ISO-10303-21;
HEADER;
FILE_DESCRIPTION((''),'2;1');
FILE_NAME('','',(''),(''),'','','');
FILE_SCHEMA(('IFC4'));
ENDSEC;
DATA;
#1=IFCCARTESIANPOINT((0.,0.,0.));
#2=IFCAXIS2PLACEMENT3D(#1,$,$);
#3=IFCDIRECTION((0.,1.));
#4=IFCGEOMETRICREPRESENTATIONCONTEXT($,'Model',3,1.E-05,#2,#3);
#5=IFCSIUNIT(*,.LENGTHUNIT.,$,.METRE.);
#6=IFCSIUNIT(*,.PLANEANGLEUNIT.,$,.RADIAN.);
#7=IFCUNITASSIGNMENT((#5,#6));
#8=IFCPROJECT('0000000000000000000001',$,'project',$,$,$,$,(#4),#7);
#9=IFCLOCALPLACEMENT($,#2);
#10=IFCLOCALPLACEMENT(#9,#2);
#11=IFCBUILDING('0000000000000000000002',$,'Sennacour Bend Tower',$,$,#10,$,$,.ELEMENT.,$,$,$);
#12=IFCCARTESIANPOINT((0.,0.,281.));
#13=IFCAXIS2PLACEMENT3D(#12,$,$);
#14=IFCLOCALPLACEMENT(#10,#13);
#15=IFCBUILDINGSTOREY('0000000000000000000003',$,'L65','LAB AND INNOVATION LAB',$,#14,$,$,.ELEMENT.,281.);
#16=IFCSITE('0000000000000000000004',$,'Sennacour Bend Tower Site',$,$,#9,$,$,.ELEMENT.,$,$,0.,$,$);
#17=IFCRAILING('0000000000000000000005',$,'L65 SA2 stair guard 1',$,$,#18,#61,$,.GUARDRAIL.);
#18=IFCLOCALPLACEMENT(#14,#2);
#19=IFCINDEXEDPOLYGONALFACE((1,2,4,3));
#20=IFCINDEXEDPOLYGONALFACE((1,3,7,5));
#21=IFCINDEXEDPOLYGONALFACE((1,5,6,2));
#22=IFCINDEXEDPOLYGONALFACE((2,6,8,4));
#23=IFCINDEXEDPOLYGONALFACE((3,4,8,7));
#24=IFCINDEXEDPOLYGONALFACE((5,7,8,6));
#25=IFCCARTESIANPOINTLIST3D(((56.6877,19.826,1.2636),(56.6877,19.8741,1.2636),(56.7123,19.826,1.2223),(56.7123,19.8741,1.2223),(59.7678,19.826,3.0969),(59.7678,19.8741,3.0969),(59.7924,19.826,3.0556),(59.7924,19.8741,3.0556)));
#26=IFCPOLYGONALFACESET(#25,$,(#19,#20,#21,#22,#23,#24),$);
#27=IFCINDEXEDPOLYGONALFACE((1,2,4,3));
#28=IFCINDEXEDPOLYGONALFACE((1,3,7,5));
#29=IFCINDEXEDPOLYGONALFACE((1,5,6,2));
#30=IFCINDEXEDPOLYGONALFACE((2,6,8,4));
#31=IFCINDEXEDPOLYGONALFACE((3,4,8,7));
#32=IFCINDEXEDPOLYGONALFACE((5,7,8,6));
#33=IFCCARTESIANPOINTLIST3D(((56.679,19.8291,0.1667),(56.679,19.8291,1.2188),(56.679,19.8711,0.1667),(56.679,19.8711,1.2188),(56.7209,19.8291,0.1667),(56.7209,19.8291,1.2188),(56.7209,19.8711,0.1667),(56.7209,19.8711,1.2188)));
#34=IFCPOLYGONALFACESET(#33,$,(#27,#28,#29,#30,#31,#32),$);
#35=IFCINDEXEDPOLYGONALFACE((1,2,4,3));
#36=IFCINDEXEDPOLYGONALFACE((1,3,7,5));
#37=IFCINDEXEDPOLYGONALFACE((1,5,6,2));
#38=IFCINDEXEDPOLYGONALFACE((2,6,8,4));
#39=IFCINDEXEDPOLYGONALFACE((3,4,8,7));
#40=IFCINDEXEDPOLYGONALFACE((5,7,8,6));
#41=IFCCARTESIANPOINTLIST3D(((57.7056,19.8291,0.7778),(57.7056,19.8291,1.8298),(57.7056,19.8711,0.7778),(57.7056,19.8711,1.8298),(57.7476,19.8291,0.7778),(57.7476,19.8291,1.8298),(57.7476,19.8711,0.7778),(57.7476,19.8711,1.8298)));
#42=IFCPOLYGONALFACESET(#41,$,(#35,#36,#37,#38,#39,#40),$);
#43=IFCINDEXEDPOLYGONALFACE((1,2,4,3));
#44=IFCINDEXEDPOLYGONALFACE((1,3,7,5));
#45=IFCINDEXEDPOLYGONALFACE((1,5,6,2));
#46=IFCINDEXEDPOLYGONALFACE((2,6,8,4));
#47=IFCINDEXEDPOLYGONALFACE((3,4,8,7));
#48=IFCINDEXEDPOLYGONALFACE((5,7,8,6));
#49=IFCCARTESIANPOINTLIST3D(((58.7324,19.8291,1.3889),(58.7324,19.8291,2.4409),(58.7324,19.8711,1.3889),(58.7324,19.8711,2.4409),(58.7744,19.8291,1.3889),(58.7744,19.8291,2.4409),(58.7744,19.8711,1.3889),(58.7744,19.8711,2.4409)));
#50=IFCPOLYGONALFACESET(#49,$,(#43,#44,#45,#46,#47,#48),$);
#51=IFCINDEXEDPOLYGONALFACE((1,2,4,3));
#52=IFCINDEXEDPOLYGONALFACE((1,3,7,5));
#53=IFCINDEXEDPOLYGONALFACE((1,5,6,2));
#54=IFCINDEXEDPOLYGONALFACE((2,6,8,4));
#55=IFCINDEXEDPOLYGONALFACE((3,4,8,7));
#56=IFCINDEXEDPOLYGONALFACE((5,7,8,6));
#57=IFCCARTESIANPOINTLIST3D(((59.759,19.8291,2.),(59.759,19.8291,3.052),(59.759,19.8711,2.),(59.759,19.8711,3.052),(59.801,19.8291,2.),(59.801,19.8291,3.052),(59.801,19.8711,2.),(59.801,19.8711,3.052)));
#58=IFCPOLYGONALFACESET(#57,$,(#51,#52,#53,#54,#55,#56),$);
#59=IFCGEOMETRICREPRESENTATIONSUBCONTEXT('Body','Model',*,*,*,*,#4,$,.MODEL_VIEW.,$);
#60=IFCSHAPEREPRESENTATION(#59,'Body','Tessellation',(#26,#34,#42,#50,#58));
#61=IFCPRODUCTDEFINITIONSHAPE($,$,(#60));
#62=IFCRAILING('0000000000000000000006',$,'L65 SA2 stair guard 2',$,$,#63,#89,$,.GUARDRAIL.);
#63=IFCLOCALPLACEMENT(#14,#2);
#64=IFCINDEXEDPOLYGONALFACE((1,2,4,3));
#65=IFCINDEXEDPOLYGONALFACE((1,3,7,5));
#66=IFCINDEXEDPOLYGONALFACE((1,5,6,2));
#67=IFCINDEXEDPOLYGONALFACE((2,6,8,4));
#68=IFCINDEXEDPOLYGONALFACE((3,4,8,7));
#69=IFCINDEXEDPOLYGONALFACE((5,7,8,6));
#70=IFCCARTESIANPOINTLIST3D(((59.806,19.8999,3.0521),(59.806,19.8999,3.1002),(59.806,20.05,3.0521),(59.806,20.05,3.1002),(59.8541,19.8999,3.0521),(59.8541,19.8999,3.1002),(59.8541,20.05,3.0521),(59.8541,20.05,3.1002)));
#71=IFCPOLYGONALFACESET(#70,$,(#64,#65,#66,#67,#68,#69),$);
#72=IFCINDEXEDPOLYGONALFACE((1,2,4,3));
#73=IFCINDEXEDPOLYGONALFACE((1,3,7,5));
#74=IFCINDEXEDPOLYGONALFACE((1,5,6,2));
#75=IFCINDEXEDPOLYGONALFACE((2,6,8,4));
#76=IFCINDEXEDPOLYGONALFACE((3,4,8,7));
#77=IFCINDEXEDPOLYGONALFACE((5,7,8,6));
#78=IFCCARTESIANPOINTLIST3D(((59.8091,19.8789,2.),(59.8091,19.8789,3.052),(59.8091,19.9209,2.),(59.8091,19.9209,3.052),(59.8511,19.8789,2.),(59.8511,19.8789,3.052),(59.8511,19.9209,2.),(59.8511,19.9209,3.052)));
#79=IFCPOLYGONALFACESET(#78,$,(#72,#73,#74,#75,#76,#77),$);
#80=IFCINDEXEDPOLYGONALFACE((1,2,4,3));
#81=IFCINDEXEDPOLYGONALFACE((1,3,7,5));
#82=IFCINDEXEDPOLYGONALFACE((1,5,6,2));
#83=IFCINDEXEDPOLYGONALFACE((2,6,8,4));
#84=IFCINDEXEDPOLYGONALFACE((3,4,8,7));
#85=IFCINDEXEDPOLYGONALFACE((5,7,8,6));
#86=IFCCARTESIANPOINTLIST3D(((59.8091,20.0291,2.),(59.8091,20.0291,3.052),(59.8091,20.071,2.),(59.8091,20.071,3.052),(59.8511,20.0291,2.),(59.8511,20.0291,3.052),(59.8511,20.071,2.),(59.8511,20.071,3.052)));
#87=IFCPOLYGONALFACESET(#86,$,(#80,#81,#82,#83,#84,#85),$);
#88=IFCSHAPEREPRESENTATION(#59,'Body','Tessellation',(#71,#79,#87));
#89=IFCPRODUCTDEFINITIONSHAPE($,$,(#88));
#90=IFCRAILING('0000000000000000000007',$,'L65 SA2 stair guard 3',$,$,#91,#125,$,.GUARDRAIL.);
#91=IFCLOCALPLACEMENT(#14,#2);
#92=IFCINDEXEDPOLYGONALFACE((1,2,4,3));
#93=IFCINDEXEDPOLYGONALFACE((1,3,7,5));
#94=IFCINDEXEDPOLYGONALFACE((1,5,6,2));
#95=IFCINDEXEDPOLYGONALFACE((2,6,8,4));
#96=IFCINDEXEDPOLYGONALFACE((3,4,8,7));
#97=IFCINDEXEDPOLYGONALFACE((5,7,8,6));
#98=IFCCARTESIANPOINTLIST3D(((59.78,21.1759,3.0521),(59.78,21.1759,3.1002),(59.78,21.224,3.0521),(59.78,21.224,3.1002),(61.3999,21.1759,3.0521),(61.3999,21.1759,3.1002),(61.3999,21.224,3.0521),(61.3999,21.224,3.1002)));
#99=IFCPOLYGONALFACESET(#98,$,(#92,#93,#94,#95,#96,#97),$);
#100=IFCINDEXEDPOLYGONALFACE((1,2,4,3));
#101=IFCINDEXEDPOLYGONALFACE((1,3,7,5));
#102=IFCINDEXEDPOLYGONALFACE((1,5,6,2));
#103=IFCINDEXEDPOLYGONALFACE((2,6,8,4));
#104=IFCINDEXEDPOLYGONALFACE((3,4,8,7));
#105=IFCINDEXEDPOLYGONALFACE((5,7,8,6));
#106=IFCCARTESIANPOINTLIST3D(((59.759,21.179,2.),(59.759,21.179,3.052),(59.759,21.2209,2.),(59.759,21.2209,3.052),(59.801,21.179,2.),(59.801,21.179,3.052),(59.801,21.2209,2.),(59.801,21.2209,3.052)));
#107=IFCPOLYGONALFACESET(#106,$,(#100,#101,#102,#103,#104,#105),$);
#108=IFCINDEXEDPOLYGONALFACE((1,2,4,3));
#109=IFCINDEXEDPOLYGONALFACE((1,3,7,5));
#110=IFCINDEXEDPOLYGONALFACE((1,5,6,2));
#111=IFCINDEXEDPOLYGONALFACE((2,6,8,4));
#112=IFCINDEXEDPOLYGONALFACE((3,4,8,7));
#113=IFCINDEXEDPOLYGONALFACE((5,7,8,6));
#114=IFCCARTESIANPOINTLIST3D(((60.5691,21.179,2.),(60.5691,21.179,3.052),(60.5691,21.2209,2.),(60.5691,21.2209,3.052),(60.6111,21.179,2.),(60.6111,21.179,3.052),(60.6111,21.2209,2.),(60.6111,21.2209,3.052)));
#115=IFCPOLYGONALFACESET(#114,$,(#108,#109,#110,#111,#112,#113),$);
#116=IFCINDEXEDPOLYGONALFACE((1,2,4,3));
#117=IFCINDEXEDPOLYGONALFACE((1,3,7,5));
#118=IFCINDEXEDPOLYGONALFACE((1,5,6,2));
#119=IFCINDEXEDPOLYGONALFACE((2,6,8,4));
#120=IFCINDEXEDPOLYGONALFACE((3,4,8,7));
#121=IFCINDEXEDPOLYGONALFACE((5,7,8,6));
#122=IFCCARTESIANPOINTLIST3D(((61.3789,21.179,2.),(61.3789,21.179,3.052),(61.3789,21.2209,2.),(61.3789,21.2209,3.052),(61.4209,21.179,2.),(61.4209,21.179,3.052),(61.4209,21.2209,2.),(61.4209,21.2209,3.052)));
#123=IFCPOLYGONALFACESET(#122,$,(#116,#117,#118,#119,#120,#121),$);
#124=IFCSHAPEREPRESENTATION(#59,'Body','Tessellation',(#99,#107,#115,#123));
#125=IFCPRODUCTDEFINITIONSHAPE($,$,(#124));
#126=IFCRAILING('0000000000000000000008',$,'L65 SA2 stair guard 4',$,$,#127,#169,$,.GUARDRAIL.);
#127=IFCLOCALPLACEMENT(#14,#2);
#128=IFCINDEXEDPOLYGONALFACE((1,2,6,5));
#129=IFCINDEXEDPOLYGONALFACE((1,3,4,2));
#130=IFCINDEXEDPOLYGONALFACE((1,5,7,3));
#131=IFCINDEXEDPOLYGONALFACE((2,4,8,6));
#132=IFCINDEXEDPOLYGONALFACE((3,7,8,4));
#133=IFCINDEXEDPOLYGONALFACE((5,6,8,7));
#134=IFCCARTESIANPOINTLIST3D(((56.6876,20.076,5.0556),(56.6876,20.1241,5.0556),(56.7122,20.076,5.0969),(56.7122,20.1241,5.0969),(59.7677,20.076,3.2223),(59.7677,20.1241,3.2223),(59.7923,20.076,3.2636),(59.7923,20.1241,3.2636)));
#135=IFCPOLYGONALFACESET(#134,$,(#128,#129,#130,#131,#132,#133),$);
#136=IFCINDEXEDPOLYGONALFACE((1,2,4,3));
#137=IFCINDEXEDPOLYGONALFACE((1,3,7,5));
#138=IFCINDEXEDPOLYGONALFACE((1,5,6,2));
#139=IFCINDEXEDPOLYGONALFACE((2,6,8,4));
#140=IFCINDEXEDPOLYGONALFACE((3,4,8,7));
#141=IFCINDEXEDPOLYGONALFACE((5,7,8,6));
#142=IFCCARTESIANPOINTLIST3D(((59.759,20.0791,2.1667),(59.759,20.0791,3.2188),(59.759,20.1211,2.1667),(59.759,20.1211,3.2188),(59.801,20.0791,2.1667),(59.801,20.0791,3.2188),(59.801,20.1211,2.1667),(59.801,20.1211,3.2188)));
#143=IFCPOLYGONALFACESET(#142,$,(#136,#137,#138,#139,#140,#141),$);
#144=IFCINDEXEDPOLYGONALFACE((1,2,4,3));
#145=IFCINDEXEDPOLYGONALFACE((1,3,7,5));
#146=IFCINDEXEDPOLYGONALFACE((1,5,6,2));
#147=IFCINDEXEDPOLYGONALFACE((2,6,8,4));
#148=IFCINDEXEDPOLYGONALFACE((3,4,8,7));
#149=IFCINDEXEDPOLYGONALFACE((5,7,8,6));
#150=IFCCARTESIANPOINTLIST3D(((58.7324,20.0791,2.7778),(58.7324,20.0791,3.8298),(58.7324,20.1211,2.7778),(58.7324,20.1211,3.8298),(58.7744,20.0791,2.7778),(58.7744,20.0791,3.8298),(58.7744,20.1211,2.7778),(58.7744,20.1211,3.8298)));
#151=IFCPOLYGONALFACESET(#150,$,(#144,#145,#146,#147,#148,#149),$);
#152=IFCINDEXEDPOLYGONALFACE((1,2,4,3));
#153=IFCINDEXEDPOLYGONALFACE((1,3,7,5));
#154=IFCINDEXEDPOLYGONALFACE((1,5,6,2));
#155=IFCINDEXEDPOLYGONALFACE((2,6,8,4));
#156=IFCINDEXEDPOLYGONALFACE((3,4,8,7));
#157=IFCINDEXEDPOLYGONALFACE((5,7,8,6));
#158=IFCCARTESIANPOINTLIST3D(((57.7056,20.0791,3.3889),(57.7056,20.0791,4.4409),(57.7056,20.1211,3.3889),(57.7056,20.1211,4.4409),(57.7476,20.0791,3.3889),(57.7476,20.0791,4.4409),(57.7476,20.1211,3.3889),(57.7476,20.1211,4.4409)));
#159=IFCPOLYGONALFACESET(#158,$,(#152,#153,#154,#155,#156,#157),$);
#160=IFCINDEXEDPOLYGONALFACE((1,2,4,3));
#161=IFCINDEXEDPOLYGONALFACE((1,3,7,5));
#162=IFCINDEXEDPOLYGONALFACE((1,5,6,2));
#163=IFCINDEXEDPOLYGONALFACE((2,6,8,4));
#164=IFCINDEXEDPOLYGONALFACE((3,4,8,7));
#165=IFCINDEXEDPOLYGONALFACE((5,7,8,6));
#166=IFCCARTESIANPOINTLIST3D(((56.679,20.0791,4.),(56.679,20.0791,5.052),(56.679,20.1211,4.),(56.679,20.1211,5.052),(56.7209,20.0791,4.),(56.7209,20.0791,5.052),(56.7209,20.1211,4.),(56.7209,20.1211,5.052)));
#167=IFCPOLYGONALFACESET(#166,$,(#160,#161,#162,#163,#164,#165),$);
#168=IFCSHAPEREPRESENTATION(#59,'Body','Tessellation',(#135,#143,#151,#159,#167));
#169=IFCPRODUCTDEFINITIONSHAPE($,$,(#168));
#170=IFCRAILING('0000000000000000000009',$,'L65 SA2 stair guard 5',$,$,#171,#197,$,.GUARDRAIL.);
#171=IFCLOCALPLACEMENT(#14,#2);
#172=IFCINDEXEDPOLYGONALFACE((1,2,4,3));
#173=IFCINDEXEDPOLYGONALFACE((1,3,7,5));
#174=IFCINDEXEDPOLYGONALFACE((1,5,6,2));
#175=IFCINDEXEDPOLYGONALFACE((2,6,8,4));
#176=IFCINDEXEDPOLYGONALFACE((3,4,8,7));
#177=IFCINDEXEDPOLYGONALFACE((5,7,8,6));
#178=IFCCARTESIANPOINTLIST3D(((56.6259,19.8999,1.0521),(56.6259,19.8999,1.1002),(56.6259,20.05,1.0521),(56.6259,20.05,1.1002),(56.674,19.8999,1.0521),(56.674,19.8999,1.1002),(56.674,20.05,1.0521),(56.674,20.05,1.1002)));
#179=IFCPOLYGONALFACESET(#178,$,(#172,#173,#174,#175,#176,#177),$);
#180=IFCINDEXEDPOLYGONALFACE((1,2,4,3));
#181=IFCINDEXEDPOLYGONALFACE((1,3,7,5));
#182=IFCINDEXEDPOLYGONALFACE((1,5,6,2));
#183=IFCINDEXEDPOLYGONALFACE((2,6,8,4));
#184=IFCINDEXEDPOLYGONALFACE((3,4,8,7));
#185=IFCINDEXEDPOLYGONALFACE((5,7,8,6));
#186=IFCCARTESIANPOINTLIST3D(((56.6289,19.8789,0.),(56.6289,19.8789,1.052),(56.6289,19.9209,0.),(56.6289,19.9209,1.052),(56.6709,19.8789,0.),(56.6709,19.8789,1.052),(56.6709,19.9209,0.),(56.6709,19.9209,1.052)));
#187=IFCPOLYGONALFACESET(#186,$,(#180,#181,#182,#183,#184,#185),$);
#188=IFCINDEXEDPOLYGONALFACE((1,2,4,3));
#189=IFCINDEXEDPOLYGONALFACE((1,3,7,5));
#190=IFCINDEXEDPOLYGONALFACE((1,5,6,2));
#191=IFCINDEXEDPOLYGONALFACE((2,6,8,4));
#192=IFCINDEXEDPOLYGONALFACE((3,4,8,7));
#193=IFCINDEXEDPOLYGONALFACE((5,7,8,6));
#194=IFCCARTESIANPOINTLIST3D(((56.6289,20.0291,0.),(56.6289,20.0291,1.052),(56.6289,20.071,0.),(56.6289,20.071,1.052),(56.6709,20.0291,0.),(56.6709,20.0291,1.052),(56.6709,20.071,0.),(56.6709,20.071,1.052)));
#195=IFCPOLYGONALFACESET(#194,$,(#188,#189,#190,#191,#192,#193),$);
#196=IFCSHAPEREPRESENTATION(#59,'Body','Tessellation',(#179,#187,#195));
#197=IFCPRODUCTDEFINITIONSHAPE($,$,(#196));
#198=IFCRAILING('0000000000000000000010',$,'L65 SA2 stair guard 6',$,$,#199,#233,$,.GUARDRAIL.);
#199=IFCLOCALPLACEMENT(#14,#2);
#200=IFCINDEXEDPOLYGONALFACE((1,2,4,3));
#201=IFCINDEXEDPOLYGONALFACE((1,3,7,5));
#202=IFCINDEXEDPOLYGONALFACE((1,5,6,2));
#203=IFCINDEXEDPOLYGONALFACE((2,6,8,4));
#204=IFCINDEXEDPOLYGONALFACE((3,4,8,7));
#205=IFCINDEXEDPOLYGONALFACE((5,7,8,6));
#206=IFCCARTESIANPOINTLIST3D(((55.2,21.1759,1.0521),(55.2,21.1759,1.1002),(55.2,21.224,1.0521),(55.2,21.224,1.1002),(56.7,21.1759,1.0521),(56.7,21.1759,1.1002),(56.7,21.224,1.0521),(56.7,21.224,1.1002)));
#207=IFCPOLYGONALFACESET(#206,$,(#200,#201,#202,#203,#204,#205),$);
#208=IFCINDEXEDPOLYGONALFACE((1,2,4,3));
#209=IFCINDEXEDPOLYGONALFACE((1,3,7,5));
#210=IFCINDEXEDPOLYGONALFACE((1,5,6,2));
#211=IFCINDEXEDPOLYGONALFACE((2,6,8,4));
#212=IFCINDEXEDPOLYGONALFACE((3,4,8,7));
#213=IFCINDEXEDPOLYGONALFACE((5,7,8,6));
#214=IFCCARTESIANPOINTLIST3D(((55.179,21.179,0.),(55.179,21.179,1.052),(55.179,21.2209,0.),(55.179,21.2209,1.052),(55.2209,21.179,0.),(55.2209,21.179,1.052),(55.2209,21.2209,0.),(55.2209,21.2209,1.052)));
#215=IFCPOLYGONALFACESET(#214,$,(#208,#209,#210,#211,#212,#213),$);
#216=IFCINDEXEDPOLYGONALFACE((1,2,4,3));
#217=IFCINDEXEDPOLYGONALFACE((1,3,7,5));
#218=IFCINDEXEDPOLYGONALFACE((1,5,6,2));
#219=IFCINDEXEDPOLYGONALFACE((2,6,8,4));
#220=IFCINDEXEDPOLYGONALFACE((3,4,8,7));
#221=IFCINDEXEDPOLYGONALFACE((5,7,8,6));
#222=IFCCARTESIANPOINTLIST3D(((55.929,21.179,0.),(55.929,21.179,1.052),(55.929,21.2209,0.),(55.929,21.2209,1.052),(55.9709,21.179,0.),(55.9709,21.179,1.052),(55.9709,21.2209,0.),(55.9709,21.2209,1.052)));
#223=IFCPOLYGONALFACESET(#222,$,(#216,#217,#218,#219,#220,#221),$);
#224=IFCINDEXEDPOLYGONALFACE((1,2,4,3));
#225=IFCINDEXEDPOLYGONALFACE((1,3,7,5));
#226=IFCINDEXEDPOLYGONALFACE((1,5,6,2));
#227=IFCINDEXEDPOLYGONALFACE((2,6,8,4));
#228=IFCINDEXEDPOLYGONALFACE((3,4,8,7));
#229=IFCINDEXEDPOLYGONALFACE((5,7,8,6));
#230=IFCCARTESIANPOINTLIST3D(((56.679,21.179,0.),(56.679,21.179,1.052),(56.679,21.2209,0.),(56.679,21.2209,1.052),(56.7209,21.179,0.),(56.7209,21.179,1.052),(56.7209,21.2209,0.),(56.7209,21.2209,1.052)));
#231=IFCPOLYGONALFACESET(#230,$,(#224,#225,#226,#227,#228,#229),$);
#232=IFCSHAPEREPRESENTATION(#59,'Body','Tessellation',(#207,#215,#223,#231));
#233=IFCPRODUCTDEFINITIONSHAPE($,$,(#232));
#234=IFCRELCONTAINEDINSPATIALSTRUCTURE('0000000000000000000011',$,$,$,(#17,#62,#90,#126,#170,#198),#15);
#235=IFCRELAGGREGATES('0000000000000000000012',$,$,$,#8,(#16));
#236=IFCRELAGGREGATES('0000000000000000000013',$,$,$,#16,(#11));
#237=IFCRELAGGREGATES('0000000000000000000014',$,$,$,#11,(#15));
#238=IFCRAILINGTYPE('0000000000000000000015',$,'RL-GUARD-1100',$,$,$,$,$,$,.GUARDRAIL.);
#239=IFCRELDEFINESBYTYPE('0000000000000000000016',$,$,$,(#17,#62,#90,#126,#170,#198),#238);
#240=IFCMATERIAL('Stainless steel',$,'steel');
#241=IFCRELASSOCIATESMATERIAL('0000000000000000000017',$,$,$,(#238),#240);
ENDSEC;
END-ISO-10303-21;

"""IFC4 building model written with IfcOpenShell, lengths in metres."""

from ifc_helpers import new_model, si_unit, direction, frame, origin, origin_2d, place, context, subcontext, project, spatial, rectangle, extrude, material, type_object, element, save


model = new_model("IFC4")

# Units and contexts
model_context = context("Model", 3, precision=1e-05, world=origin(), true_north=direction((0.0, 1.0)))
body_context = subcontext(model_context, "Body", "Model", "MODEL_VIEW")
ifc_project = project(units=[si_unit("LENGTHUNIT", "METRE"), si_unit("PLANEANGLEUNIT", "RADIAN")], contexts=[model_context])

# Site, building, storey
site_placement = place(None, origin())
site = spatial("IfcSite", under=ifc_project, at=site_placement, Name="Sennacour Bend Tower Site", CompositionType="ELEMENT", RefElevation=0.0)
building_placement = place(site_placement, origin())
building = spatial("IfcBuilding", under=site, at=building_placement, Name="Sennacour Bend Tower", CompositionType="ELEMENT")
storey_placement = place(building_placement, frame((0.0, 0.0, 281.0)))
storey = spatial("IfcBuildingStorey", under=building, at=storey_placement, Name="L65", Description="LAB AND INNOVATION LAB", CompositionType="ELEMENT", Elevation=281.0)

# Railings
ifc_material_1 = material(Name="Stainless steel", Category="steel")
railing_type_1 = type_object("IfcRailingType", Name="RL-GUARD-1100", PredefinedType="GUARDRAIL", material=ifc_material_1)
railing_1_placement = place(storey_placement, frame((56.7, 19.8501, 0.1667)))
element("IfcRailing", 1, at=railing_1_placement, inside=storey, type_object=railing_type_1, Name="L65 SA2 stair guard 1", PredefinedType="GUARDRAIL", context=body_context, shape_type="SweptSolid", body=[
    extrude(rectangle(XDim=0.0481, YDim=0.0481, at=origin_2d()), frame((0.0, 0.0, 1.0762), z_axis=(0.859309, 0.0, 0.511458), x_axis=(0.0, 1.0, 0.0)), (0.0, 0.0, 1.0), 3.5845),
    extrude(rectangle(XDim=0.042, YDim=0.042, at=origin_2d()), origin(), (0.0, 0.0, 1.0), 1.052),
    extrude(rectangle(XDim=0.042, YDim=0.042, at=origin_2d()), frame((1.0266, 0.0, 0.6111)), (0.0, 0.0, 1.0), 1.052),
    extrude(rectangle(XDim=0.042, YDim=0.042, at=origin_2d()), frame((2.0535, 0.0, 1.2222)), (0.0, 0.0, 1.0), 1.052),
    extrude(rectangle(XDim=0.042, YDim=0.042, at=origin_2d()), frame((3.0801, 0.0, 1.8333)), (0.0, 0.0, 1.0), 1.052),
])
railing_2_placement = place(storey_placement, frame((59.8301, 19.8999, 2.0)))
element("IfcRailing", 2, at=railing_2_placement, inside=storey, type_object=railing_type_1, Name="L65 SA2 stair guard 2", PredefinedType="GUARDRAIL", context=body_context, shape_type="SweptSolid", body=[
    extrude(rectangle(XDim=0.0481, YDim=0.0481, at=origin_2d()), frame((0.0, 0.0, 1.0762), z_axis=(0.0, 1.0, 0.0), x_axis=(-1.0, 0.0, 0.0)), (0.0, 0.0, 1.0), 0.1501),
    extrude(rectangle(XDim=0.042, YDim=0.042, at=origin_2d()), origin(), (0.0, 0.0, 1.0), 1.052),
    extrude(rectangle(XDim=0.042, YDim=0.042, at=origin_2d()), frame((0.0, 0.1501, 0.0)), (0.0, 0.0, 1.0), 1.052),
])
railing_3_placement = place(storey_placement, frame((59.78, 21.2, 2.0)))
element("IfcRailing", 3, at=railing_3_placement, inside=storey, type_object=railing_type_1, Name="L65 SA2 stair guard 3", PredefinedType="GUARDRAIL", context=body_context, shape_type="SweptSolid", body=[
    extrude(rectangle(XDim=0.0481, YDim=0.0481, at=origin_2d()), frame((0.0, 0.0, 1.0762), z_axis=(1.0, 0.0, 0.0), x_axis=(0.0, 1.0, 0.0)), (0.0, 0.0, 1.0), 1.6199),
    extrude(rectangle(XDim=0.042, YDim=0.042, at=origin_2d()), origin(), (0.0, 0.0, 1.0), 1.052),
    extrude(rectangle(XDim=0.042, YDim=0.042, at=origin_2d()), frame((0.8101, 0.0, 0.0)), (0.0, 0.0, 1.0), 1.052),
    extrude(rectangle(XDim=0.042, YDim=0.042, at=origin_2d()), frame((1.6199, 0.0, 0.0)), (0.0, 0.0, 1.0), 1.052),
])
railing_4_placement = place(storey_placement, frame((59.78, 20.1001, 2.1667)))
element("IfcRailing", 4, at=railing_4_placement, inside=storey, type_object=railing_type_1, Name="L65 SA2 stair guard 4", PredefinedType="GUARDRAIL", context=body_context, shape_type="SweptSolid", body=[
    extrude(rectangle(XDim=0.0481, YDim=0.0481, at=origin_2d()), frame((0.0, 0.0, 1.0762), z_axis=(-0.859309, 0.0, 0.511458), x_axis=(0.0, -1.0, 0.0)), (0.0, 0.0, 1.0), 3.5845),
    extrude(rectangle(XDim=0.042, YDim=0.042, at=origin_2d()), origin(), (0.0, 0.0, 1.0), 1.052),
    extrude(rectangle(XDim=0.042, YDim=0.042, at=origin_2d()), frame((-1.0266, 0.0, 0.6111)), (0.0, 0.0, 1.0), 1.052),
    extrude(rectangle(XDim=0.042, YDim=0.042, at=origin_2d()), frame((-2.0535, 0.0, 1.2222)), (0.0, 0.0, 1.0), 1.052),
    extrude(rectangle(XDim=0.042, YDim=0.042, at=origin_2d()), frame((-3.0801, 0.0, 1.8333)), (0.0, 0.0, 1.0), 1.052),
])
railing_5_placement = place(storey_placement, frame((56.6499, 19.8999, 0.0)))
element("IfcRailing", 5, at=railing_5_placement, inside=storey, type_object=railing_type_1, Name="L65 SA2 stair guard 5", PredefinedType="GUARDRAIL", context=body_context, shape_type="SweptSolid", body=[
    extrude(rectangle(XDim=0.0481, YDim=0.0481, at=origin_2d()), frame((0.0, 0.0, 1.0762), z_axis=(0.0, 1.0, 0.0), x_axis=(-1.0, 0.0, 0.0)), (0.0, 0.0, 1.0), 0.1501),
    extrude(rectangle(XDim=0.042, YDim=0.042, at=origin_2d()), origin(), (0.0, 0.0, 1.0), 1.052),
    extrude(rectangle(XDim=0.042, YDim=0.042, at=origin_2d()), frame((0.0, 0.1501, 0.0)), (0.0, 0.0, 1.0), 1.052),
])
railing_6_placement = place(storey_placement, frame((55.2, 21.2, 0.0)))
element("IfcRailing", 6, at=railing_6_placement, inside=storey, type_object=railing_type_1, Name="L65 SA2 stair guard 6", PredefinedType="GUARDRAIL", context=body_context, shape_type="SweptSolid", body=[
    extrude(rectangle(XDim=0.0481, YDim=0.0481, at=origin_2d()), frame((0.0, 0.0, 1.0762), z_axis=(1.0, 0.0, 0.0), x_axis=(0.0, 1.0, 0.0)), (0.0, 0.0, 1.0), 1.5),
    extrude(rectangle(XDim=0.042, YDim=0.042, at=origin_2d()), origin(), (0.0, 0.0, 1.0), 1.052),
    extrude(rectangle(XDim=0.042, YDim=0.042, at=origin_2d()), frame((0.75, 0.0, 0.0)), (0.0, 0.0, 1.0), 1.052),
    extrude(rectangle(XDim=0.042, YDim=0.042, at=origin_2d()), frame((1.5, 0.0, 0.0)), (0.0, 0.0, 1.0), 1.052),
])

save(model, "model.ifc")
